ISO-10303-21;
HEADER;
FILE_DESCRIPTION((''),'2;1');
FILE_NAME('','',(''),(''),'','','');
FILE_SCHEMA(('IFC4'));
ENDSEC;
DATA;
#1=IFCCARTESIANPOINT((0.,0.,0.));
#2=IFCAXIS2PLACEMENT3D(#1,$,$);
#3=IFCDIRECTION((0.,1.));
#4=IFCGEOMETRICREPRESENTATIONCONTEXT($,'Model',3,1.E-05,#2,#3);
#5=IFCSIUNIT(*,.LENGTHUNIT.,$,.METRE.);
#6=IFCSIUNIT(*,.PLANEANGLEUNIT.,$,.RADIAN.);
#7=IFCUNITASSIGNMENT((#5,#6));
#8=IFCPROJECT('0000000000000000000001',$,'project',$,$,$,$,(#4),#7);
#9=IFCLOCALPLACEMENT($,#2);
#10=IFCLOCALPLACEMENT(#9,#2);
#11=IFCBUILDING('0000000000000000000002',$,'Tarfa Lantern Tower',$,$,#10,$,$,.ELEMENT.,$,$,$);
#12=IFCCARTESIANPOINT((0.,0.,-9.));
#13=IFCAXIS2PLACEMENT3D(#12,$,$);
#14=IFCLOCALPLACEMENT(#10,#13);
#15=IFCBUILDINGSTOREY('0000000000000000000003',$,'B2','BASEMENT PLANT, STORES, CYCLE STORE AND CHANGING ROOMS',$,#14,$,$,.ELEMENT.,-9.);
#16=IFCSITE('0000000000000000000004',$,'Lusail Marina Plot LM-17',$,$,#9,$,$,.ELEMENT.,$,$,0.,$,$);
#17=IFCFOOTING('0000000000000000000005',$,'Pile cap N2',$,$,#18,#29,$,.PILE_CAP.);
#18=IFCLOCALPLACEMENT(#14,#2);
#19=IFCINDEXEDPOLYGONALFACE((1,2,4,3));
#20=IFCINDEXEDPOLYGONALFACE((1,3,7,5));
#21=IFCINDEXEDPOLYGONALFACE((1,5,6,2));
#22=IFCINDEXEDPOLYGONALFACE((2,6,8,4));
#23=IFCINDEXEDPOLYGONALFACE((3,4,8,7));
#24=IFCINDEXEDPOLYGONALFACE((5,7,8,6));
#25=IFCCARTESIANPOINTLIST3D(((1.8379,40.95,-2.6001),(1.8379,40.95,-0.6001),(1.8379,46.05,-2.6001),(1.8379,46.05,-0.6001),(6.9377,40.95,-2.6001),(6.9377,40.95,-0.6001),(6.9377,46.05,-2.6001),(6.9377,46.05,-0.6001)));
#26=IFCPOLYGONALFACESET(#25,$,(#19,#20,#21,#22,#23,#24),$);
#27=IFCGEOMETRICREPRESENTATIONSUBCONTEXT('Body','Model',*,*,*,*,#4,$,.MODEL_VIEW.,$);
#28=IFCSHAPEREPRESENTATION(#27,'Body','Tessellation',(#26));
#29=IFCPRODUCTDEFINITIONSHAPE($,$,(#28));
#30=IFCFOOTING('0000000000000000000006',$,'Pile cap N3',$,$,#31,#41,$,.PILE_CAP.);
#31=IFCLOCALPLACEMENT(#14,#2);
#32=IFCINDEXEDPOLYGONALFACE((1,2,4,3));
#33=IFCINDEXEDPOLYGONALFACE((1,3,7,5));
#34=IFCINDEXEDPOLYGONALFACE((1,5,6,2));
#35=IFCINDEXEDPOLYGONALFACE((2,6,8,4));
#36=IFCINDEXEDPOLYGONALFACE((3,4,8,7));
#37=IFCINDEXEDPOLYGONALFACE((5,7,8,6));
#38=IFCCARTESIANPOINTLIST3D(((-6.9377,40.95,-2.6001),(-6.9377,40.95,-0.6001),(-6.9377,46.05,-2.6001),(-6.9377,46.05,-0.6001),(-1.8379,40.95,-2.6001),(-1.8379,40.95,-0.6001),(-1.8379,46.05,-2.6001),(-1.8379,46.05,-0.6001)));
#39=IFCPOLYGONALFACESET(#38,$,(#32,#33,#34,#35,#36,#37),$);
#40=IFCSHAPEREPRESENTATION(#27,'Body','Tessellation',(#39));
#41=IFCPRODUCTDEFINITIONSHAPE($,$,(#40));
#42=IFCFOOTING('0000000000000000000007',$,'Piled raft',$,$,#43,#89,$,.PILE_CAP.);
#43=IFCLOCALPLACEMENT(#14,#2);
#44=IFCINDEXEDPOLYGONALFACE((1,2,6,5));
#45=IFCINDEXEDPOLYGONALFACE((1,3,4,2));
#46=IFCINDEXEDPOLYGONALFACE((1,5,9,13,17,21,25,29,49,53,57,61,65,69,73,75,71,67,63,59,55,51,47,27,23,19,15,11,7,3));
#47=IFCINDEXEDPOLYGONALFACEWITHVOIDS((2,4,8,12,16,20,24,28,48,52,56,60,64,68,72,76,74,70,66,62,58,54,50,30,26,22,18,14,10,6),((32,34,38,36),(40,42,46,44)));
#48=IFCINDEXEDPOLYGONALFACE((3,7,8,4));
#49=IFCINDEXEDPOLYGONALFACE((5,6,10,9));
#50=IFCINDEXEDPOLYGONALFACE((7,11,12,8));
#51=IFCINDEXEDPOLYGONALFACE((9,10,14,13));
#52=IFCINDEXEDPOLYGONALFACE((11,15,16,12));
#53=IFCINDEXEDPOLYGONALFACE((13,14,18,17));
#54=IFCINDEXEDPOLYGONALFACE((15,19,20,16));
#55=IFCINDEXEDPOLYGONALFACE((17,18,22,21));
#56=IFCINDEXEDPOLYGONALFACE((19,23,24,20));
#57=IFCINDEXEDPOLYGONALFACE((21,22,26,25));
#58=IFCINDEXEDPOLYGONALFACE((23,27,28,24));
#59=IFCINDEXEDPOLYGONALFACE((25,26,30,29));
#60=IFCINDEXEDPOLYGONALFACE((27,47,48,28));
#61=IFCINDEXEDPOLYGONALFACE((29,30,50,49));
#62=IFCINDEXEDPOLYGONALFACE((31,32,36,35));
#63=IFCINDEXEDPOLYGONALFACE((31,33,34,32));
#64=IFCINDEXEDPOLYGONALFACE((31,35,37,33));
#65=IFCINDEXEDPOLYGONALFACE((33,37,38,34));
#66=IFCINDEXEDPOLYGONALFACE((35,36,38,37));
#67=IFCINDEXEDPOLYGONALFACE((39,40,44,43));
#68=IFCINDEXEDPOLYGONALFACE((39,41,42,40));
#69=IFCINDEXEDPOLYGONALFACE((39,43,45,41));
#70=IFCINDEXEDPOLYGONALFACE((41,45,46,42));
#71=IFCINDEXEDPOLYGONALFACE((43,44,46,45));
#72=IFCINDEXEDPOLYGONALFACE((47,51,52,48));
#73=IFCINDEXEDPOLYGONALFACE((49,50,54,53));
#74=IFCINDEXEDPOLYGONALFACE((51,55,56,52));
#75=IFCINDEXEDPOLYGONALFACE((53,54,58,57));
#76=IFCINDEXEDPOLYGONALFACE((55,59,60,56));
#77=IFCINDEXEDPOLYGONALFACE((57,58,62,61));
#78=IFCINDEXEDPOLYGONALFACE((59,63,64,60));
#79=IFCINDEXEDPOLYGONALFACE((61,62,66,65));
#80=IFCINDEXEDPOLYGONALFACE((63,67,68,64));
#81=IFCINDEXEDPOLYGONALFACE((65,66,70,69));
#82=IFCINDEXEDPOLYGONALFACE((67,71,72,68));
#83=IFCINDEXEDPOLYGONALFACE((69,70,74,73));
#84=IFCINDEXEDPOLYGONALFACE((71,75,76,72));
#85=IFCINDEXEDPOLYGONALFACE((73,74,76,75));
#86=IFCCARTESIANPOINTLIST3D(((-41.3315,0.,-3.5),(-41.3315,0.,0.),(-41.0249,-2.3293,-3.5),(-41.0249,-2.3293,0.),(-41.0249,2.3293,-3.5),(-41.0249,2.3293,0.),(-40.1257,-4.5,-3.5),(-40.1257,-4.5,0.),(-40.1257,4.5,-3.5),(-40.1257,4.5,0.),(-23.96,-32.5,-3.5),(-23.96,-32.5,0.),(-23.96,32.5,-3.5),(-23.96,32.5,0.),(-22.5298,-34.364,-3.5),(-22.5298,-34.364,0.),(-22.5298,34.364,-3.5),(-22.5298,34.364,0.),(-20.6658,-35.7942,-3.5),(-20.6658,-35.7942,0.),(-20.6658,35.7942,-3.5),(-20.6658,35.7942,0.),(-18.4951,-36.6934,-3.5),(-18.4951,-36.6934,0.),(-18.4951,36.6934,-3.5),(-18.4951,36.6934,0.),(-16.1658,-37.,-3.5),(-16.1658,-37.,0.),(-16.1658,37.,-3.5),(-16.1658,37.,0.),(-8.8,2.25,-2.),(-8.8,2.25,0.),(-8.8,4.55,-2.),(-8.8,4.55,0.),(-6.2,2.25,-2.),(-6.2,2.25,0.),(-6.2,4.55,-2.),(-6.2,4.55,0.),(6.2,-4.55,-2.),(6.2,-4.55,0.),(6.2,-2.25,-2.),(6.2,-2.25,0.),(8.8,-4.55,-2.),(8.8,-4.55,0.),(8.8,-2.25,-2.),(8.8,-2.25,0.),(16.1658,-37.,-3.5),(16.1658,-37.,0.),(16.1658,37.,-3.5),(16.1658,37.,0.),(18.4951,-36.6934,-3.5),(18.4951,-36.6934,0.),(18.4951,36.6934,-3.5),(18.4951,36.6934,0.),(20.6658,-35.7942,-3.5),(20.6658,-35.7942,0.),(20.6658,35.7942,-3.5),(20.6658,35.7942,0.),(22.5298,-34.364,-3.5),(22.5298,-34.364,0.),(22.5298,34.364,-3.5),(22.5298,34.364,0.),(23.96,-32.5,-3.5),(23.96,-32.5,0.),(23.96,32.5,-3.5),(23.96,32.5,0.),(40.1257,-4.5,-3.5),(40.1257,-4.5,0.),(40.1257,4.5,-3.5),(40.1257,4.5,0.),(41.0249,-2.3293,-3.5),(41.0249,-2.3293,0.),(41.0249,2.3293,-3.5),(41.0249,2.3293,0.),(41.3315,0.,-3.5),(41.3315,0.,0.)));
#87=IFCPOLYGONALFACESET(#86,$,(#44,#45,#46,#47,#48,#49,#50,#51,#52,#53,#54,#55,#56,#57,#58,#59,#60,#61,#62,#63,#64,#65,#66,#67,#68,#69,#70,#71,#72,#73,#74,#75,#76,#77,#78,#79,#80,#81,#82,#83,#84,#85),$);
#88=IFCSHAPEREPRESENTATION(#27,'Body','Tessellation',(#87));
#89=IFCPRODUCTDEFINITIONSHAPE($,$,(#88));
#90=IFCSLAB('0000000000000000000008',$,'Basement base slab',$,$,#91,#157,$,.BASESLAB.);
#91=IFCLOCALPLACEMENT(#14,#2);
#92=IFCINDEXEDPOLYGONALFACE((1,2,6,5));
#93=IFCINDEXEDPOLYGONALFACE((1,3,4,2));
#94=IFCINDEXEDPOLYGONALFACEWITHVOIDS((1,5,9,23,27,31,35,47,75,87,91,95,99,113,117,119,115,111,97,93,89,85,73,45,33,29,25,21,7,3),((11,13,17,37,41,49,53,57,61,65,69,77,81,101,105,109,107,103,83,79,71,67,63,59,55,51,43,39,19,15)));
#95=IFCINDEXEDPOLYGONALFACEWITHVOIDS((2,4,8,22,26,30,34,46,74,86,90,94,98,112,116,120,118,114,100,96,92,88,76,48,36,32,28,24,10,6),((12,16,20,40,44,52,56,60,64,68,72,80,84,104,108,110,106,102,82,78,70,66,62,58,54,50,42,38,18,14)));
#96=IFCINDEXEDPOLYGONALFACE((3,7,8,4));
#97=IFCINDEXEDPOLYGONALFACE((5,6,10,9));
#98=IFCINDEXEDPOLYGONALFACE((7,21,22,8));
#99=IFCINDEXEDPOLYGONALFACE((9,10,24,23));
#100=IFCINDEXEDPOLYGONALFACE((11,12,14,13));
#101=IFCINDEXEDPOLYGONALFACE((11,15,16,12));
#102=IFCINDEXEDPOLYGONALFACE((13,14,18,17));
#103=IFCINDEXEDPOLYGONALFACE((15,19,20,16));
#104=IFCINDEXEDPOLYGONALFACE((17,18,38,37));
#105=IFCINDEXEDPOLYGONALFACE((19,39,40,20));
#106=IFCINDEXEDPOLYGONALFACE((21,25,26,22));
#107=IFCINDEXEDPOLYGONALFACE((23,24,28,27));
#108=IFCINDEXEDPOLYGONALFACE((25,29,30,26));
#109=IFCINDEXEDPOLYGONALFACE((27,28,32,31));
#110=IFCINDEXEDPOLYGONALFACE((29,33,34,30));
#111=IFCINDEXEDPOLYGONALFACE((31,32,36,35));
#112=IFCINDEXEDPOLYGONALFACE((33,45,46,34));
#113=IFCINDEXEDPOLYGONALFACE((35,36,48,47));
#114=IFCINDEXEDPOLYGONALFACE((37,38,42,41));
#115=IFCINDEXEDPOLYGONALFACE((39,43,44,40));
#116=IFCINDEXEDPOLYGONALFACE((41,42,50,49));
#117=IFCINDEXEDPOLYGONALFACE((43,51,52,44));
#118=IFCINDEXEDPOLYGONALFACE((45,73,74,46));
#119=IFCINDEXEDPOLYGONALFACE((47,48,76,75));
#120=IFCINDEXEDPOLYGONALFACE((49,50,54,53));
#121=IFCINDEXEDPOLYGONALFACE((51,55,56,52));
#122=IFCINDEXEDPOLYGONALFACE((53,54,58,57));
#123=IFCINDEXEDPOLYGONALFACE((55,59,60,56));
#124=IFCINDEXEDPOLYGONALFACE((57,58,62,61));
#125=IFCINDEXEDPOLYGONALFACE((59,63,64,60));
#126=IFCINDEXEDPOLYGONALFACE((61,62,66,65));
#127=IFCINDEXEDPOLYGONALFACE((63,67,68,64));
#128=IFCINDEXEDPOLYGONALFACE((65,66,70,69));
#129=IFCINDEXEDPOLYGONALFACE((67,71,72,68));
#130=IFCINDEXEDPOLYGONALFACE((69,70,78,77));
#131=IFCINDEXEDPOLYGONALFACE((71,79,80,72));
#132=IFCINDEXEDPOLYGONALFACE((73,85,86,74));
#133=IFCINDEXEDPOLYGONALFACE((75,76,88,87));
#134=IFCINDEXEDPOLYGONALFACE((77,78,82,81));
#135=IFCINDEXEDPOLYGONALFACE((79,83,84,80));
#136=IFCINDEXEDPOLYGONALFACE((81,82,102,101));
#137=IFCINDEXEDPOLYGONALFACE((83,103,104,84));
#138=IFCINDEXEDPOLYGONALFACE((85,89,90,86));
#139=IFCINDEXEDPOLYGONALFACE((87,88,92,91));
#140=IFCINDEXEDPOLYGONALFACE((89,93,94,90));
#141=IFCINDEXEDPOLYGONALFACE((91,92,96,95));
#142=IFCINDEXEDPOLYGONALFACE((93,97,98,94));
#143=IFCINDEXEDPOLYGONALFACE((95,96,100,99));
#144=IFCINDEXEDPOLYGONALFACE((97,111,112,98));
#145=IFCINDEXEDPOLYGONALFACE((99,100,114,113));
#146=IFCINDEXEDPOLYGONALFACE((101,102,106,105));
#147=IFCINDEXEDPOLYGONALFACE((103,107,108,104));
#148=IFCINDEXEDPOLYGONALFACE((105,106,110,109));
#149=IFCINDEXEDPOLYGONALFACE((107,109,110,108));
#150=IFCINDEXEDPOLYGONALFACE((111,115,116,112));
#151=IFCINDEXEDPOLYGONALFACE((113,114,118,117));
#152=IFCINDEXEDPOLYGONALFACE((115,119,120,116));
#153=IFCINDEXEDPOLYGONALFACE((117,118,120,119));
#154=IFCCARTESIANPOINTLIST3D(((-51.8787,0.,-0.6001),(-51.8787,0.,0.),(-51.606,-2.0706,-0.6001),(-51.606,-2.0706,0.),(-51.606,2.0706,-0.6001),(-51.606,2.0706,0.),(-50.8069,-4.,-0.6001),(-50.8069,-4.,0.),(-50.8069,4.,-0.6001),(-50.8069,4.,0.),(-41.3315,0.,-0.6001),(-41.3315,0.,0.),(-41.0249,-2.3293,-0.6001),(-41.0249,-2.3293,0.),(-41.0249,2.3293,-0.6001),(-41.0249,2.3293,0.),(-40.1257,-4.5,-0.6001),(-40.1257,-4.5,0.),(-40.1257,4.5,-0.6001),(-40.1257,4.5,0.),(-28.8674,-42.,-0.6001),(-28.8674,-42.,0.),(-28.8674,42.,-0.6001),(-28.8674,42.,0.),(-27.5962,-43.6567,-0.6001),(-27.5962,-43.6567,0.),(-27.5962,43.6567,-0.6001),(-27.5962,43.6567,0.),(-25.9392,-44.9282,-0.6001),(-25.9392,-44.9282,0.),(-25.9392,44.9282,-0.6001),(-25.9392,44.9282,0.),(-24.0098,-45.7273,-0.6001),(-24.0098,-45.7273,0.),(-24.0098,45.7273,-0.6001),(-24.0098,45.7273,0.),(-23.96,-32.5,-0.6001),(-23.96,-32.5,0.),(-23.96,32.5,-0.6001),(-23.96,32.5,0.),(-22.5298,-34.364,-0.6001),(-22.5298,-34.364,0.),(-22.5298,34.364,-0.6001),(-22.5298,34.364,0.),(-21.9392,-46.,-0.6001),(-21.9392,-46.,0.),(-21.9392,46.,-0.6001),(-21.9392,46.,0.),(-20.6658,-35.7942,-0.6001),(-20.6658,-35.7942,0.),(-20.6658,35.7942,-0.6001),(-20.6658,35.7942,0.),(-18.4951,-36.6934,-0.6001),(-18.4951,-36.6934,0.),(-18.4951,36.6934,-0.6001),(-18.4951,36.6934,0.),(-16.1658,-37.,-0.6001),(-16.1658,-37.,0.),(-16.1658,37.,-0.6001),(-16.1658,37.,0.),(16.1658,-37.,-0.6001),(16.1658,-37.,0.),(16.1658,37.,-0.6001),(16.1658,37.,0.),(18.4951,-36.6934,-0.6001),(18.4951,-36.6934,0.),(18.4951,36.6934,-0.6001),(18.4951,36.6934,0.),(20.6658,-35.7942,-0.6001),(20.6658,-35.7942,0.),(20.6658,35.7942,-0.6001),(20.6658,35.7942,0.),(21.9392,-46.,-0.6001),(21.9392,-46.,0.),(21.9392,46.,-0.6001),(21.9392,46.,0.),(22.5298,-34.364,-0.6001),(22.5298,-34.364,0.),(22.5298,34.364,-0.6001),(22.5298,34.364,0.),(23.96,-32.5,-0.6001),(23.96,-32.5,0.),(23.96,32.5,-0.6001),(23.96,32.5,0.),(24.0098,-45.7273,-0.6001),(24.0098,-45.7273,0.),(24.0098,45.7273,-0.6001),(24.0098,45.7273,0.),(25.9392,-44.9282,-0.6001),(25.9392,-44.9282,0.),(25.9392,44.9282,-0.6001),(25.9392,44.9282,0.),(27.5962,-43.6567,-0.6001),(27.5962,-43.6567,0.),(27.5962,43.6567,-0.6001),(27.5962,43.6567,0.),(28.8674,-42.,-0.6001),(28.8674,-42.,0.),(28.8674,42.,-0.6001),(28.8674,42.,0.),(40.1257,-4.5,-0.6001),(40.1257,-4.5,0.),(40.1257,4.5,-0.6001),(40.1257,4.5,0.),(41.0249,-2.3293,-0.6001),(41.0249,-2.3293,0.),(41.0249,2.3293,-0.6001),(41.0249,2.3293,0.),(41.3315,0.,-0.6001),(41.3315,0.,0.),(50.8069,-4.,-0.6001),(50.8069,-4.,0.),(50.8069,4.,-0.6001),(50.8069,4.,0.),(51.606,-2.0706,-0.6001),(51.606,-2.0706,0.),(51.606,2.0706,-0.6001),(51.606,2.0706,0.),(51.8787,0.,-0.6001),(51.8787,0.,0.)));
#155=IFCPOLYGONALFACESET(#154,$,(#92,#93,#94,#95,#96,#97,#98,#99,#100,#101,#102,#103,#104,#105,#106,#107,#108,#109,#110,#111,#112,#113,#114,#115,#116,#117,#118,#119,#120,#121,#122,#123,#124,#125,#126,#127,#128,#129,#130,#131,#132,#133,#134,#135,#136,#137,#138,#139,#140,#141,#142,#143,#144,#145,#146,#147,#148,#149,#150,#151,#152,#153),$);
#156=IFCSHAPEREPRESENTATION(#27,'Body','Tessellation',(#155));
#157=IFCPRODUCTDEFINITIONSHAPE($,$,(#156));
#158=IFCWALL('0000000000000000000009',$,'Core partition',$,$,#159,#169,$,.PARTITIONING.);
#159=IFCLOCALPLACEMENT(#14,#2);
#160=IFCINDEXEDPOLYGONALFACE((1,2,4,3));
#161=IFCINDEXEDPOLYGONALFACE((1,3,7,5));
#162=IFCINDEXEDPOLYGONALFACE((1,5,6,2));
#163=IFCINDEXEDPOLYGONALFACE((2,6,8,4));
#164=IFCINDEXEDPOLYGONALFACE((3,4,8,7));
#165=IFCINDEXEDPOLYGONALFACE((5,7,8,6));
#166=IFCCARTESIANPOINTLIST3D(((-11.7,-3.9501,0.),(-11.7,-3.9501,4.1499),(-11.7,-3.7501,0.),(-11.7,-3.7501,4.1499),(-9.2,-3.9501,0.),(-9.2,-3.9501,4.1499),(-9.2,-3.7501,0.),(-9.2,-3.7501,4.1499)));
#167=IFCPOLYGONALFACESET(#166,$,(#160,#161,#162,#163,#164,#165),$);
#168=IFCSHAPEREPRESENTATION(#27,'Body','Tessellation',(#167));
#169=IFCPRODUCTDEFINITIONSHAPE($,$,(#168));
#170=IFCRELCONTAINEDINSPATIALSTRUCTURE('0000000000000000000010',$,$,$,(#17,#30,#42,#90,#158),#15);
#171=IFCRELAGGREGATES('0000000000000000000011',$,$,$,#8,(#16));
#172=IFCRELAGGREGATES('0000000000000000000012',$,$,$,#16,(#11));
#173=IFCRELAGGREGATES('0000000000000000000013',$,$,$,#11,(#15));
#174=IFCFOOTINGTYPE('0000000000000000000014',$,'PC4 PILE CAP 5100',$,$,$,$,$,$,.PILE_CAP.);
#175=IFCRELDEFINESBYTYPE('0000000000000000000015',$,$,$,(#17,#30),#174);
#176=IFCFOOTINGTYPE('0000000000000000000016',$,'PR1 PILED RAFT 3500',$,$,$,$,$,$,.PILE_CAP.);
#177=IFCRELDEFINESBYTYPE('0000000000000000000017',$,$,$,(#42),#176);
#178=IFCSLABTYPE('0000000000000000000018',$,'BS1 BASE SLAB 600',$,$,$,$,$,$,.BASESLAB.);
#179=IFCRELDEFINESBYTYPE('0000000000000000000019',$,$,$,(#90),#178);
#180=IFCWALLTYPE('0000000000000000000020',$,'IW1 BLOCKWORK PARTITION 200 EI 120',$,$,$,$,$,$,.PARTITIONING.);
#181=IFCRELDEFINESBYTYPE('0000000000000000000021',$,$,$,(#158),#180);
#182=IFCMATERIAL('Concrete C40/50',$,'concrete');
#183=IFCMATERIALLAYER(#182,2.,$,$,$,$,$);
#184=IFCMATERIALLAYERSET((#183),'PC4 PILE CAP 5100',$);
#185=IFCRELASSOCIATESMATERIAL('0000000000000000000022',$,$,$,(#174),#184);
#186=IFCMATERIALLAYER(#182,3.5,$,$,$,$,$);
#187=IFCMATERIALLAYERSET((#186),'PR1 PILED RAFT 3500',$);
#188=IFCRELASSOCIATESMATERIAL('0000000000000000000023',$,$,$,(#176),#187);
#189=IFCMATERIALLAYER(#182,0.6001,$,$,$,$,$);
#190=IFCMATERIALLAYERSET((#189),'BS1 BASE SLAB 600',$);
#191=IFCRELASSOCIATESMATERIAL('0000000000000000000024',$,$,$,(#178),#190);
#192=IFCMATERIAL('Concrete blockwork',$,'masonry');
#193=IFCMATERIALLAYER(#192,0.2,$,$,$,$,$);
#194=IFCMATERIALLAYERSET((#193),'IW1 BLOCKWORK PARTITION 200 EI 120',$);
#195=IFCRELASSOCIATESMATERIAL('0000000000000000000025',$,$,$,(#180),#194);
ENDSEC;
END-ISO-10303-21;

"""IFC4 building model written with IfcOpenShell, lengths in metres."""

from ifc_helpers import new_model, si_unit, direction, frame, frame_2d, origin, place, context, subcontext, project, spatial, polyline, rectangle, outline, extrude, material, layer, layer_set, type_object, element, save


model = new_model("IFC4")

# Units and contexts
model_context = context("Model", 3, precision=1e-05, world=origin(), true_north=direction((0.0, 1.0)))
body_context = subcontext(model_context, "Body", "Model", "MODEL_VIEW")
ifc_project = project(units=[si_unit("LENGTHUNIT", "METRE"), si_unit("PLANEANGLEUNIT", "RADIAN")], contexts=[model_context])

# Site, building, storey
site_placement = place(None, origin())
site = spatial("IfcSite", under=ifc_project, at=site_placement, Name="Lusail Marina Plot LM-17", CompositionType="ELEMENT", RefElevation=0.0)
building_placement = place(site_placement, origin())
building = spatial("IfcBuilding", under=site, at=building_placement, Name="Tarfa Lantern Tower", CompositionType="ELEMENT")
storey_placement = place(building_placement, frame((0.0, 0.0, -9.0)))
storey = spatial("IfcBuildingStorey", under=building, at=storey_placement, Name="B2", Description="BASEMENT PLANT, STORES, CYCLE STORE AND CHANGING ROOMS", CompositionType="ELEMENT", Elevation=-9.0)

# Shared definitions
ifc_material_1 = material(Name="Concrete C40/50", Category="concrete")

# Footings
ifc_layer_1 = layer(ifc_material_1, 2.0)
ifc_layer_set_1 = layer_set([ifc_layer_1], Name="PC4 PILE CAP 5100")
footing_type_1 = type_object("IfcFootingType", Name="PC4 PILE CAP 5100", PredefinedType="PILE_CAP", material=ifc_layer_set_1)
footing_1_placement = place(storey_placement, frame((0.0, 0.0, -2.6001)))
element("IfcFooting", 1, at=footing_1_placement, inside=storey, type_object=footing_type_1, Name="Pile cap N2", PredefinedType="PILE_CAP", context=body_context, shape_type="SweptSolid", body=[
    extrude(outline(polyline([(6.9377, 46.05), (1.8379, 46.05), (1.8379, 40.95), (6.9377, 40.95), (6.9377, 46.05)])), origin(), (0.0, 0.0, 1.0), 2.0),
])
footing_2_placement = place(storey_placement, frame((0.0, 0.0, -2.6001)))
element("IfcFooting", 2, at=footing_2_placement, inside=storey, type_object=footing_type_1, Name="Pile cap N3", PredefinedType="PILE_CAP", context=body_context, shape_type="SweptSolid", body=[
    extrude(outline(polyline([(-1.8379, 46.05), (-6.9377, 46.05), (-6.9377, 40.95), (-1.8379, 40.95), (-1.8379, 46.05)])), origin(), (0.0, 0.0, 1.0), 2.0),
])

# Footing, openings
ifc_layer_2 = layer(ifc_material_1, 3.5)
ifc_layer_set_2 = layer_set([ifc_layer_2], Name="PR1 PILED RAFT 3500")
footing_type_2 = type_object("IfcFootingType", Name="PR1 PILED RAFT 3500", PredefinedType="PILE_CAP", material=ifc_layer_set_2)
footing_3_placement = place(storey_placement, frame((0.0, 0.0, -3.5)))
footing_3 = element("IfcFooting", 3, at=footing_3_placement, inside=storey, type_object=footing_type_2, Name="Piled raft", PredefinedType="PILE_CAP", context=body_context, shape_type="SweptSolid", body=[
    extrude(outline(polyline([(40.1257, 4.5), (23.96, 32.5), (22.5298, 34.364), (20.6658, 35.7942), (18.4951, 36.6934), (16.1658, 37.0), (-16.1658, 37.0), (-18.4951, 36.6934), (-20.6658, 35.7942), (-22.5298, 34.364), (-23.96, 32.5), (-40.1257, 4.5), (-41.0249, 2.3293), (-41.3315, 0.0), (-41.0249, -2.3293), (-40.1257, -4.5), (-23.96, -32.5), (-22.5298, -34.364), (-20.6658, -35.7942), (-18.4951, -36.6934), (-16.1658, -37.0), (16.1658, -37.0), (18.4951, -36.6934), (20.6658, -35.7942), (22.5298, -34.364), (23.96, -32.5), (40.1257, -4.5), (41.0249, -2.3293), (41.3315, 0.0), (41.0249, 2.3293), (40.1257, 4.5)])), origin(), (0.0, 0.0, 1.0), 3.5),
])
opening_1_placement = place(footing_3_placement, frame((0.0, 0.0, 1.5)))
element("IfcOpeningElement", 4, at=opening_1_placement, cuts=footing_3, PredefinedType="RECESS", context=body_context, shape_type="SweptSolid", body=[
    extrude(outline(polyline([(-8.8, 2.25), (-6.2, 2.25), (-6.2, 4.55), (-8.8, 4.55), (-8.8, 2.25)])), origin(), (0.0, 0.0, 1.0), 2.01),
])
opening_2_placement = place(footing_3_placement, frame((0.0, 0.0, 1.5)))
element("IfcOpeningElement", 5, at=opening_2_placement, cuts=footing_3, PredefinedType="RECESS", context=body_context, shape_type="SweptSolid", body=[
    extrude(outline(polyline([(8.8, -2.25), (6.2, -2.25), (6.2, -4.55), (8.8, -4.55), (8.8, -2.25)])), origin(), (0.0, 0.0, 1.0), 2.01),
])

# Slab
ifc_layer_3 = layer(ifc_material_1, 0.6001)
ifc_layer_set_3 = layer_set([ifc_layer_3], Name="BS1 BASE SLAB 600")
slab_type = type_object("IfcSlabType", Name="BS1 BASE SLAB 600", PredefinedType="BASESLAB", material=ifc_layer_set_3)
slab_placement = place(storey_placement, frame((0.0, 0.0, -0.6001)))
element("IfcSlab", 6, at=slab_placement, inside=storey, type_object=slab_type, Name="Basement base slab", PredefinedType="BASESLAB", context=body_context, shape_type="SweptSolid", body=[
    extrude(outline(polyline([(50.8069, 4.0), (28.8674, 42.0), (27.5962, 43.6567), (25.9392, 44.9282), (24.0098, 45.7273), (21.9392, 46.0), (-21.9392, 46.0), (-24.0098, 45.7273), (-25.9392, 44.9282), (-27.5962, 43.6567), (-28.8674, 42.0), (-50.8069, 4.0), (-51.606, 2.0706), (-51.8787, 0.0), (-51.606, -2.0706), (-50.8069, -4.0), (-28.8674, -42.0), (-27.5962, -43.6567), (-25.9392, -44.9282), (-24.0098, -45.7273), (-21.9392, -46.0), (21.9392, -46.0), (24.0098, -45.7273), (25.9392, -44.9282), (27.5962, -43.6567), (28.8674, -42.0), (50.8069, -4.0), (51.606, -2.0706), (51.8787, 0.0), (51.606, 2.0706), (50.8069, 4.0)]), holes=[polyline([(40.1257, 4.5), (23.96, 32.5), (22.5298, 34.364), (20.6658, 35.7942), (18.4951, 36.6934), (16.1658, 37.0), (-16.1658, 37.0), (-18.4951, 36.6934), (-20.6658, 35.7942), (-22.5298, 34.364), (-23.96, 32.5), (-40.1257, 4.5), (-41.0249, 2.3293), (-41.3315, 0.0), (-41.0249, -2.3293), (-40.1257, -4.5), (-23.96, -32.5), (-22.5298, -34.364), (-20.6658, -35.7942), (-18.4951, -36.6934), (-16.1658, -37.0), (16.1658, -37.0), (18.4951, -36.6934), (20.6658, -35.7942), (22.5298, -34.364), (23.96, -32.5), (40.1257, -4.5), (41.0249, -2.3293), (41.3315, 0.0), (41.0249, 2.3293), (40.1257, 4.5)])]), origin(), (0.0, 0.0, 1.0), 0.6001),
])

# Wall
ifc_material_2 = material(Name="Concrete blockwork", Category="masonry")
ifc_layer_4 = layer(ifc_material_2, 0.2)
ifc_layer_set_4 = layer_set([ifc_layer_4], Name="IW1 BLOCKWORK PARTITION 200 EI 120")
wall_type_1 = type_object("IfcWallType", Name="IW1 BLOCKWORK PARTITION 200 EI 120", PredefinedType="PARTITIONING", material=ifc_layer_set_4)
wall_1_placement = place(storey_placement, frame((-9.2, -3.8501, 0.0), z_axis=(0.0, 0.0, 1.0), x_axis=(-1.0, 0.0, 0.0)))
element("IfcWall", 7, at=wall_1_placement, inside=storey, type_object=wall_type_1, Name="Core partition", PredefinedType="PARTITIONING", context=body_context, shape_type="SweptSolid", body=[
    extrude(rectangle(XDim=2.5, YDim=0.2, at=frame_2d((1.25, 0.0))), origin(), (0.0, 0.0, 1.0), 4.1499),
])

save(model, "model.ifc")
